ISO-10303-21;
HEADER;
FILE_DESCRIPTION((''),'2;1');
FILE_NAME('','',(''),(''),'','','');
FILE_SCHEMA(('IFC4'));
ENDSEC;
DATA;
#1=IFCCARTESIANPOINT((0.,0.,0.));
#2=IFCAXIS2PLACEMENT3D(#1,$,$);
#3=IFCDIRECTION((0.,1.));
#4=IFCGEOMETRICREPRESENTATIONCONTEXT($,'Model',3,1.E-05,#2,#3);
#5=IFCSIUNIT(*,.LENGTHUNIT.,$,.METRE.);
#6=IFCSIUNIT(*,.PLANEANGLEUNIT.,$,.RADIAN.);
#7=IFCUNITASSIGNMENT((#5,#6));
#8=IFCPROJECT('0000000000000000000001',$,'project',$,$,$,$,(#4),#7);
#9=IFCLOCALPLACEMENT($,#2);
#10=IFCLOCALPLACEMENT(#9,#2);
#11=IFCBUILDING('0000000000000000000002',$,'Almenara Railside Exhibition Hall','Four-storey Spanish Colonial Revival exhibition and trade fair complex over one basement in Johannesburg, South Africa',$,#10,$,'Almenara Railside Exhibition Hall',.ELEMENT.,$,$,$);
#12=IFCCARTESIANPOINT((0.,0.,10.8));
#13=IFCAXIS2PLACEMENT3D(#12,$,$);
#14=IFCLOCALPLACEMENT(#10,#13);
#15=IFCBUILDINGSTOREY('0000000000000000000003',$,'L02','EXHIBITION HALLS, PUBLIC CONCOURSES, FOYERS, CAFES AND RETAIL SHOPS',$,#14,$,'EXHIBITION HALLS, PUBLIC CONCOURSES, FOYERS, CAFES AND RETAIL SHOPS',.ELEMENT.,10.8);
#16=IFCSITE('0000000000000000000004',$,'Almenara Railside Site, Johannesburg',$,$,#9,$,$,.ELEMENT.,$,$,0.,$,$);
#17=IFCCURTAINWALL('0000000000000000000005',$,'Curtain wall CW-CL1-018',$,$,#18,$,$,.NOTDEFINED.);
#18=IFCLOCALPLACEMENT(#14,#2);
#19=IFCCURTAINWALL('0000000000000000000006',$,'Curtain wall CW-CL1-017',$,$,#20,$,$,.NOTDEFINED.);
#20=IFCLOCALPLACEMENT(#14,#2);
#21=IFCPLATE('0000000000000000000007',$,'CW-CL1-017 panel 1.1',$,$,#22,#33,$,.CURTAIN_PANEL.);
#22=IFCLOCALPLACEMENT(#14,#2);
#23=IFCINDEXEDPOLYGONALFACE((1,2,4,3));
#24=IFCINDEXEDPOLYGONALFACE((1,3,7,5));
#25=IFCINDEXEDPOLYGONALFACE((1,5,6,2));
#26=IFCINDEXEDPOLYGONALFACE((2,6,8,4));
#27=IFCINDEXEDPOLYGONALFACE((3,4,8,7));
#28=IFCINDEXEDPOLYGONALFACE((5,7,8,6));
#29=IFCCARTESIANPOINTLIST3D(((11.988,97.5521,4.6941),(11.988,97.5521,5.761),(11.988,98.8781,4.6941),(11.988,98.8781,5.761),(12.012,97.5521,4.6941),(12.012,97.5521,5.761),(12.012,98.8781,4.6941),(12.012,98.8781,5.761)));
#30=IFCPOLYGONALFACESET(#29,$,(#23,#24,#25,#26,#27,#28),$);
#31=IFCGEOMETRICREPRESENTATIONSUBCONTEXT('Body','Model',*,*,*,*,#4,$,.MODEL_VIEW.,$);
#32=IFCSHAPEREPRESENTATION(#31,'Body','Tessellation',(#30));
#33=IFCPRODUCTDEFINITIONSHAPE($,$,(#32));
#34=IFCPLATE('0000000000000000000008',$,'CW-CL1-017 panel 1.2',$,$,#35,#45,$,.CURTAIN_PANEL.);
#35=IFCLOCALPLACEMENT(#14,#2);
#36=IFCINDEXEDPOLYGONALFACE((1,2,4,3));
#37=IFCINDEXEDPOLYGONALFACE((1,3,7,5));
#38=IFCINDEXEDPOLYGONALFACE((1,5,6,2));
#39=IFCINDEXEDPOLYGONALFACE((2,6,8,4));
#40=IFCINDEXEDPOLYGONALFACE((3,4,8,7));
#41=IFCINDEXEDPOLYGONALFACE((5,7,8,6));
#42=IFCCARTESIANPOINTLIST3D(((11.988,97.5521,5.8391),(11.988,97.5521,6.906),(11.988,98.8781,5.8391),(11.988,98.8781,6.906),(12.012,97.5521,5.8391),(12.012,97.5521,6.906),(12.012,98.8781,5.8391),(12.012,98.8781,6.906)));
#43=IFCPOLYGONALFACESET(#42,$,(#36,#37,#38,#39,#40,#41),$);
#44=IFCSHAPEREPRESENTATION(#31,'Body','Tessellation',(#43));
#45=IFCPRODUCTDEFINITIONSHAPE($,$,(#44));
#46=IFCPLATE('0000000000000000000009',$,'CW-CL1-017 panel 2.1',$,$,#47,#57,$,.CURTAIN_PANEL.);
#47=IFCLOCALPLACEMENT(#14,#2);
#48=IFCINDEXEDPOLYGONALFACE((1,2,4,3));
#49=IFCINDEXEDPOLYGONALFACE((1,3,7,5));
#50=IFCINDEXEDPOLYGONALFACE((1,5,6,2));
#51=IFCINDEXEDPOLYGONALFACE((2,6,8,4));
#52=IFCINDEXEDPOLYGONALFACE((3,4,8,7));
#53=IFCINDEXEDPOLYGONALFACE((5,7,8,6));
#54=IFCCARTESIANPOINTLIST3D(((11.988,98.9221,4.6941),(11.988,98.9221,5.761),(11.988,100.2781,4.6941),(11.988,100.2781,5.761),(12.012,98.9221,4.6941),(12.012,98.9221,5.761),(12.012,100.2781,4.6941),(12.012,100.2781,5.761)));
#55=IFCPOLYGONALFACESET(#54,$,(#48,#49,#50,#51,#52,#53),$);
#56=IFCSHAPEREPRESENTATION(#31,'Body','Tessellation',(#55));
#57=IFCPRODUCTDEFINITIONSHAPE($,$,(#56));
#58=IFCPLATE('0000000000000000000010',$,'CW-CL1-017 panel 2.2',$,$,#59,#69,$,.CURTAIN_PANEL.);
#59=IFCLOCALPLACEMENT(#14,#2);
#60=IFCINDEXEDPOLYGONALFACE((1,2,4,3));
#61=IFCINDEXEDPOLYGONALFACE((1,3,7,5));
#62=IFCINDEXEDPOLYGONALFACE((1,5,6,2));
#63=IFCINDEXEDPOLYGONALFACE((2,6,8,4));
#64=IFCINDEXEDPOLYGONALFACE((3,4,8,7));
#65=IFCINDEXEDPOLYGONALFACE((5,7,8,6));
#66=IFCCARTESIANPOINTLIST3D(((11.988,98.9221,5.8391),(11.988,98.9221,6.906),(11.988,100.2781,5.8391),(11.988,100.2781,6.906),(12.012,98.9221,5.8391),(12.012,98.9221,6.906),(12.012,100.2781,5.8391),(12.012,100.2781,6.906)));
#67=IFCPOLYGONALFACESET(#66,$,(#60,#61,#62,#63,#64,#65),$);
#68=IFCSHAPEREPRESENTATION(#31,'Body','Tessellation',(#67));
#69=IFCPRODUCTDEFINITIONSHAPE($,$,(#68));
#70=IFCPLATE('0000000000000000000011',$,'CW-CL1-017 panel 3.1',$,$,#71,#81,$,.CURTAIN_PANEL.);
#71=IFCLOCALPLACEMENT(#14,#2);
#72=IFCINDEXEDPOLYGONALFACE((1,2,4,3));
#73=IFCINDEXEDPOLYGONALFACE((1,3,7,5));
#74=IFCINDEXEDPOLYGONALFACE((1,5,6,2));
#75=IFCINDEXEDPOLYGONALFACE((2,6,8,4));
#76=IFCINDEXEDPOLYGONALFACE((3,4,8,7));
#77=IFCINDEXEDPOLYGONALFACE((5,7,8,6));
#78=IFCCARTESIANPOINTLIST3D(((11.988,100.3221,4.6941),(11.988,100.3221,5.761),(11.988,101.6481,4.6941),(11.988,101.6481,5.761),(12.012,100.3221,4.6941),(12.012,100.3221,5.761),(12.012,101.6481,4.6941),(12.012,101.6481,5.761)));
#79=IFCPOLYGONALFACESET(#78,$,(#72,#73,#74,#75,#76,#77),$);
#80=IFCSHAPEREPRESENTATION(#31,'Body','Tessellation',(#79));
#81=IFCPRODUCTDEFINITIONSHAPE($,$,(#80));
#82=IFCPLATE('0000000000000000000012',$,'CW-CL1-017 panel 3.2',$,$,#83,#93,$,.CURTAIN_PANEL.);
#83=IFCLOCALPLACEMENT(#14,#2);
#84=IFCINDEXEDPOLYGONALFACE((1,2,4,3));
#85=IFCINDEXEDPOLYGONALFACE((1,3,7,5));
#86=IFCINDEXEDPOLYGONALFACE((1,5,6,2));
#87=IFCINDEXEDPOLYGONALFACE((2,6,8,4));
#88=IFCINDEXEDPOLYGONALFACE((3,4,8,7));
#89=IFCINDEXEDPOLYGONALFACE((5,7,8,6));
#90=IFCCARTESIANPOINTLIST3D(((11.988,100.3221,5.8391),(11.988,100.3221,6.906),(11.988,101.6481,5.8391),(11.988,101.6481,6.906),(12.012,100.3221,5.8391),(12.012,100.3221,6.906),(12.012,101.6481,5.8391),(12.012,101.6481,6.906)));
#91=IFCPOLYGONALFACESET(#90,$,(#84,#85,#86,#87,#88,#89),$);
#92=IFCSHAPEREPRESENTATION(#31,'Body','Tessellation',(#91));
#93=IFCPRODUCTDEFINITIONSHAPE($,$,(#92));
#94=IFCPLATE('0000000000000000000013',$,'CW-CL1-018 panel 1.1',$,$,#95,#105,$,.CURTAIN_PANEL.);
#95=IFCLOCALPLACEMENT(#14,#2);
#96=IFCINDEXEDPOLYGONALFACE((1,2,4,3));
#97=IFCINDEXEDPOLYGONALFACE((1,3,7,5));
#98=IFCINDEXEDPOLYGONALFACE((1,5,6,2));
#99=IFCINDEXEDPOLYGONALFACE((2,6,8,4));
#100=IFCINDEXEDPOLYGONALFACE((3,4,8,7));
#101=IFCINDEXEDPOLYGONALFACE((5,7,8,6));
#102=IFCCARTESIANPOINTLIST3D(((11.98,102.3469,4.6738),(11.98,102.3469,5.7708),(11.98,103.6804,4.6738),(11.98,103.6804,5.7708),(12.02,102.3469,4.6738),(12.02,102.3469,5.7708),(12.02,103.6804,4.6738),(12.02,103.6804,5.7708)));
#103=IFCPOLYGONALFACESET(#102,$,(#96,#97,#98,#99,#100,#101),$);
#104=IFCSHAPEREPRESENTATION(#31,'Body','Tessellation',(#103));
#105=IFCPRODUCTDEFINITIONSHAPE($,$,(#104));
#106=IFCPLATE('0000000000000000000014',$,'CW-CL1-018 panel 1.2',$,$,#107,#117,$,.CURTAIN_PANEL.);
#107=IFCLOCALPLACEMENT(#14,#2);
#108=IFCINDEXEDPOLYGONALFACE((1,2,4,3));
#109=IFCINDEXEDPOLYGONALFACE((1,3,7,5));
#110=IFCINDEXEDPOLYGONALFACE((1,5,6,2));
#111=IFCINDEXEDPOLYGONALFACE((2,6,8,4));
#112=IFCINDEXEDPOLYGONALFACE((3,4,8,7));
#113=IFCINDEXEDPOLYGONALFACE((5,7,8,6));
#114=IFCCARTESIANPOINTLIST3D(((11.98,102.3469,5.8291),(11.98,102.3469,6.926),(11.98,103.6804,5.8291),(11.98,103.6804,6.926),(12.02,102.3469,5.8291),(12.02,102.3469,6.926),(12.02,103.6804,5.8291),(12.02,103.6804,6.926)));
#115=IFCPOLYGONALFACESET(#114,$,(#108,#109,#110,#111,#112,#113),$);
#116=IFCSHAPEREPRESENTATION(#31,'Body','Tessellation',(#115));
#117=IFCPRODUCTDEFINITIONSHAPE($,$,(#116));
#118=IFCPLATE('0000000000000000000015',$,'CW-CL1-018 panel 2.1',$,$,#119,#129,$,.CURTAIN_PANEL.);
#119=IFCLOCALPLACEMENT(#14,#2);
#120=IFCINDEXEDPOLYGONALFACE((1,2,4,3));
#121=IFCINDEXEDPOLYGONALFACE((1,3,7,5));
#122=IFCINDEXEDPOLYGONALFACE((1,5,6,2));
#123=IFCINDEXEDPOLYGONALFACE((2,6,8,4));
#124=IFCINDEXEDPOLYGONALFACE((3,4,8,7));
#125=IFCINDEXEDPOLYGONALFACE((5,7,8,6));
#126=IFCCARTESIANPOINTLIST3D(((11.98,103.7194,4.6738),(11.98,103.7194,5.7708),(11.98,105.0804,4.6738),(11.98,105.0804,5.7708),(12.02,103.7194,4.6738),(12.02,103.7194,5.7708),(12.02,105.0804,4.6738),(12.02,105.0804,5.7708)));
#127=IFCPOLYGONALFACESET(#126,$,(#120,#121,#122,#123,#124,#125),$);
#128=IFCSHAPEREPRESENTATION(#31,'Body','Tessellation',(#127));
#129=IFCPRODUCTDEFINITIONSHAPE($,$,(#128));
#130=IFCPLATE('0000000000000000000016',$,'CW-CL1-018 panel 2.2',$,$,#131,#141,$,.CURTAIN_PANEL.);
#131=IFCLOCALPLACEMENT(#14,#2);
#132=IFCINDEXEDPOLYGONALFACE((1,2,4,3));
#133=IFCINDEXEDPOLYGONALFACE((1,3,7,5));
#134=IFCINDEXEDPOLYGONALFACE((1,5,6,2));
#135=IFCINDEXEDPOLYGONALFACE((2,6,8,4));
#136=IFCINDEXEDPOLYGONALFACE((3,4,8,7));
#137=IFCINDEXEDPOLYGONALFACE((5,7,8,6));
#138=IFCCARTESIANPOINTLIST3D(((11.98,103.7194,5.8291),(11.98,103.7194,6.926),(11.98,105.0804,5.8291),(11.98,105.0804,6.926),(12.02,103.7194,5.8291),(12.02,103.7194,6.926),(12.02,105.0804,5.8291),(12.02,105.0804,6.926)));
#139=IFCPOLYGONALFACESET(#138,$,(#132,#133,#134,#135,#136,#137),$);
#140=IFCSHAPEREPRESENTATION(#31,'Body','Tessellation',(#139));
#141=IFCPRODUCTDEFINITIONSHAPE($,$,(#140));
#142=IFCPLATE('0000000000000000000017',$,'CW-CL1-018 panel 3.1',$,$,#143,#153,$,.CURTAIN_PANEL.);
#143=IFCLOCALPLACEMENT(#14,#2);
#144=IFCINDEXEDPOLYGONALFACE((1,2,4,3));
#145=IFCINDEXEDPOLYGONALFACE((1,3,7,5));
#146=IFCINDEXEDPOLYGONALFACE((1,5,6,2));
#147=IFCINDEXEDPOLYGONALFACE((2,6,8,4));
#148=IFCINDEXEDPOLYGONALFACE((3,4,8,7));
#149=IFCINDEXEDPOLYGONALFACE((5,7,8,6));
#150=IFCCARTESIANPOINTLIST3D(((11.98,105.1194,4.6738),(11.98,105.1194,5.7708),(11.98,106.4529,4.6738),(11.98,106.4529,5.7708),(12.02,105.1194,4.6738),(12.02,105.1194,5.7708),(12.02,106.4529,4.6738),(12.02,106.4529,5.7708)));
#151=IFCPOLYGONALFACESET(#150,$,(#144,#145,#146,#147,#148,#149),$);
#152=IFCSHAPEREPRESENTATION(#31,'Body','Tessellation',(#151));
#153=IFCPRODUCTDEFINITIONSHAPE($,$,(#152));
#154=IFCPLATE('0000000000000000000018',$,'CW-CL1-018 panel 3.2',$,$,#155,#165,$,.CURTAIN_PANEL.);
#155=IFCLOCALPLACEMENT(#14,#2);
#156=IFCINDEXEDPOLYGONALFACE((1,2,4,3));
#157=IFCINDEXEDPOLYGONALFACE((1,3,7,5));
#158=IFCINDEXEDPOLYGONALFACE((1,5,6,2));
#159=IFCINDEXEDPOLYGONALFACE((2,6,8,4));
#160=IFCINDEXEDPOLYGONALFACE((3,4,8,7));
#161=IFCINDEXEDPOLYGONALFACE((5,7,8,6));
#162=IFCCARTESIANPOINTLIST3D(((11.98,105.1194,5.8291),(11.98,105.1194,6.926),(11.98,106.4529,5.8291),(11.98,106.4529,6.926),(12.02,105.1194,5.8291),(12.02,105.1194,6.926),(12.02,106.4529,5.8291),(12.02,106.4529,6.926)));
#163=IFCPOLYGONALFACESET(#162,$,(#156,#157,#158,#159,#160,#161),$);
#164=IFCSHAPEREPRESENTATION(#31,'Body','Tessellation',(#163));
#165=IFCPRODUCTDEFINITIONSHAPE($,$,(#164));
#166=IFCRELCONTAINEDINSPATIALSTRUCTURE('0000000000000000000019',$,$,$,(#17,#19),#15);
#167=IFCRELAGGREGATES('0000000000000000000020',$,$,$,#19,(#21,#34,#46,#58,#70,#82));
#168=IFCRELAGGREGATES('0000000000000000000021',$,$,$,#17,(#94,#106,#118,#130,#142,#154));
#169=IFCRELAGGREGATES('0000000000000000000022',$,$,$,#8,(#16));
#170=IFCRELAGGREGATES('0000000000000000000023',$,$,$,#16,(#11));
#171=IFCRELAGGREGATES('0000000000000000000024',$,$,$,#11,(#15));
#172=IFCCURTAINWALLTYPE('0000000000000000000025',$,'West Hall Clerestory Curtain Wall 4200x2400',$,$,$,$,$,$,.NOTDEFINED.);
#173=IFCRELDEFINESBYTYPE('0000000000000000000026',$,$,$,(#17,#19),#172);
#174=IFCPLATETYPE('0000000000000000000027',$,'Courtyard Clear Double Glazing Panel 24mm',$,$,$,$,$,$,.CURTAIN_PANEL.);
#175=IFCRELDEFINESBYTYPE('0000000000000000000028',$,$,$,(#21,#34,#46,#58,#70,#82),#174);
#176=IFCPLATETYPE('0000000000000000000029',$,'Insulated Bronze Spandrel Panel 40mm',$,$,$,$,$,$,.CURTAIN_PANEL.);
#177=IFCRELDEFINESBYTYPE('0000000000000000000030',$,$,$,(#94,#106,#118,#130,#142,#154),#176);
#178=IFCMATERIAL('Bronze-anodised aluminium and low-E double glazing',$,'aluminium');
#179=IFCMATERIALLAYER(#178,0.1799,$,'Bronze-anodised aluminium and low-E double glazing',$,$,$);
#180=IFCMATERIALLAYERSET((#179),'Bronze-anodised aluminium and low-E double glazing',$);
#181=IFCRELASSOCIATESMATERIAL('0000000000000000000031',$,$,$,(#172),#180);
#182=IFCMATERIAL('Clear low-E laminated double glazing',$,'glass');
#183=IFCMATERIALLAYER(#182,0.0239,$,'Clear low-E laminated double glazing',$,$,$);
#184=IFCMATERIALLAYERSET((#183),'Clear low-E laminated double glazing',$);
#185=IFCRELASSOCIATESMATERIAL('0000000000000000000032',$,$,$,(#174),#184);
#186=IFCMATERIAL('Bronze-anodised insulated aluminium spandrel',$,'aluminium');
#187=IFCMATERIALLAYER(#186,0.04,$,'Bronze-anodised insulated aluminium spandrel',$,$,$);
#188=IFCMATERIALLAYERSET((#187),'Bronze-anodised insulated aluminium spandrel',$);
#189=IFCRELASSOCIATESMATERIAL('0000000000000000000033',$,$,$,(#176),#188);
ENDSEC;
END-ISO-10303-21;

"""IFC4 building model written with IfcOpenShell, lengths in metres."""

from ifc_helpers import new_model, si_unit, direction, frame, origin, origin_2d, place, context, subcontext, project, spatial, rectangle, extrude, material, layer, layer_set, type_object, element, aggregate, save


model = new_model("IFC4")

# Units and contexts
model_context = context("Model", 3, precision=1e-05, world=origin(), true_north=direction((0.0, 1.0)))
body_context = subcontext(model_context, "Body", "Model", "MODEL_VIEW")
ifc_project = project(units=[si_unit("LENGTHUNIT", "METRE"), si_unit("PLANEANGLEUNIT", "RADIAN")], contexts=[model_context])

# Site, building, storey
site_placement = place(None, origin())
site = spatial("IfcSite", under=ifc_project, at=site_placement, Name="Almenara Railside Site, Johannesburg", CompositionType="ELEMENT", RefElevation=0.0)
building_placement = place(site_placement, origin())
building = spatial("IfcBuilding", under=site, at=building_placement, Name="Almenara Railside Exhibition Hall", Description="Four-storey Spanish Colonial Revival exhibition and trade fair complex over one basement in Johannesburg, South Africa", LongName="Almenara Railside Exhibition Hall", CompositionType="ELEMENT")
storey_placement = place(building_placement, frame((0.0, 0.0, 10.8)))
storey = spatial("IfcBuildingStorey", under=building, at=storey_placement, Name="L02", Description="EXHIBITION HALLS, PUBLIC CONCOURSES, FOYERS, CAFES AND RETAIL SHOPS", LongName="EXHIBITION HALLS, PUBLIC CONCOURSES, FOYERS, CAFES AND RETAIL SHOPS", CompositionType="ELEMENT", Elevation=10.8)

# Curtain walls
ifc_material_1 = material(Name="Bronze-anodised aluminium and low-E double glazing", Category="aluminium")
ifc_layer_1 = layer(ifc_material_1, 0.1799, Name="Bronze-anodised aluminium and low-E double glazing")
ifc_layer_set_1 = layer_set([ifc_layer_1], Name="Bronze-anodised aluminium and low-E double glazing")
curtain_wall_type = type_object("IfcCurtainWallType", Name="West Hall Clerestory Curtain Wall 4200x2400", PredefinedType="NOTDEFINED", material=ifc_layer_set_1)
curtain_wall_1_placement = place(storey_placement, origin())
curtain_wall_1 = element("IfcCurtainWall", 1, at=curtain_wall_1_placement, inside=storey, type_object=curtain_wall_type, Name="Curtain wall CW-CL1-018", PredefinedType="NOTDEFINED")
curtain_wall_2_placement = place(storey_placement, origin())
curtain_wall_2 = element("IfcCurtainWall", 2, at=curtain_wall_2_placement, inside=storey, type_object=curtain_wall_type, Name="Curtain wall CW-CL1-017", PredefinedType="NOTDEFINED")

# Plates
ifc_material_2 = material(Name="Clear low-E laminated double glazing", Category="glass")
ifc_layer_2 = layer(ifc_material_2, 0.0239, Name="Clear low-E laminated double glazing")
ifc_layer_set_2 = layer_set([ifc_layer_2], Name="Clear low-E laminated double glazing")
plate_type_1 = type_object("IfcPlateType", Name="Courtyard Clear Double Glazing Panel 24mm", PredefinedType="CURTAIN_PANEL", material=ifc_layer_set_2)
plate_1_placement = place(storey_placement, frame((12.0, 98.2151, 4.6941), z_axis=(0.0, 0.0, 1.0), x_axis=(0.0, 1.0, 0.0)))
plate_1 = element("IfcPlate", 3, at=plate_1_placement, type_object=plate_type_1, Name="CW-CL1-017 panel 1.1", PredefinedType="CURTAIN_PANEL", context=body_context, shape_type="SweptSolid", body=[
    extrude(rectangle(XDim=1.3259, YDim=0.0239, at=origin_2d()), origin(), (0.0, 0.0, 1.0), 1.0669),
])
plate_2_placement = place(storey_placement, frame((12.0, 98.2151, 5.8391), z_axis=(0.0, 0.0, 1.0), x_axis=(0.0, 1.0, 0.0)))
plate_2 = element("IfcPlate", 4, at=plate_2_placement, type_object=plate_type_1, Name="CW-CL1-017 panel 1.2", PredefinedType="CURTAIN_PANEL", context=body_context, shape_type="SweptSolid", body=[
    extrude(rectangle(XDim=1.3259, YDim=0.0239, at=origin_2d()), origin(), (0.0, 0.0, 1.0), 1.0669),
])
plate_3_placement = place(storey_placement, frame((12.0, 99.6001, 4.6941), z_axis=(0.0, 0.0, 1.0), x_axis=(0.0, 1.0, 0.0)))
plate_3 = element("IfcPlate", 5, at=plate_3_placement, type_object=plate_type_1, Name="CW-CL1-017 panel 2.1", PredefinedType="CURTAIN_PANEL", context=body_context, shape_type="SweptSolid", body=[
    extrude(rectangle(XDim=1.356, YDim=0.0239, at=origin_2d()), origin(), (0.0, 0.0, 1.0), 1.0669),
])
plate_4_placement = place(storey_placement, frame((12.0, 99.6001, 5.8391), z_axis=(0.0, 0.0, 1.0), x_axis=(0.0, 1.0, 0.0)))
plate_4 = element("IfcPlate", 6, at=plate_4_placement, type_object=plate_type_1, Name="CW-CL1-017 panel 2.2", PredefinedType="CURTAIN_PANEL", context=body_context, shape_type="SweptSolid", body=[
    extrude(rectangle(XDim=1.356, YDim=0.0239, at=origin_2d()), origin(), (0.0, 0.0, 1.0), 1.0669),
])
plate_5_placement = place(storey_placement, frame((12.0, 100.9851, 4.6941), z_axis=(0.0, 0.0, 1.0), x_axis=(0.0, 1.0, 0.0)))
plate_5 = element("IfcPlate", 7, at=plate_5_placement, type_object=plate_type_1, Name="CW-CL1-017 panel 3.1", PredefinedType="CURTAIN_PANEL", context=body_context, shape_type="SweptSolid", body=[
    extrude(rectangle(XDim=1.3259, YDim=0.0239, at=origin_2d()), origin(), (0.0, 0.0, 1.0), 1.0669),
])
plate_6_placement = place(storey_placement, frame((12.0, 100.9851, 5.8391), z_axis=(0.0, 0.0, 1.0), x_axis=(0.0, 1.0, 0.0)))
plate_6 = element("IfcPlate", 8, at=plate_6_placement, type_object=plate_type_1, Name="CW-CL1-017 panel 3.2", PredefinedType="CURTAIN_PANEL", context=body_context, shape_type="SweptSolid", body=[
    extrude(rectangle(XDim=1.3259, YDim=0.0239, at=origin_2d()), origin(), (0.0, 0.0, 1.0), 1.0669),
])
aggregate(curtain_wall_2, [plate_1, plate_2, plate_3, plate_4, plate_5, plate_6])
ifc_material_3 = material(Name="Bronze-anodised insulated aluminium spandrel", Category="aluminium")
ifc_layer_3 = layer(ifc_material_3, 0.04, Name="Bronze-anodised insulated aluminium spandrel")
ifc_layer_set_3 = layer_set([ifc_layer_3], Name="Bronze-anodised insulated aluminium spandrel")
plate_type_2 = type_object("IfcPlateType", Name="Insulated Bronze Spandrel Panel 40mm", PredefinedType="CURTAIN_PANEL", material=ifc_layer_set_3)
plate_7_placement = place(storey_placement, frame((12.0, 103.0137, 4.6738), z_axis=(0.0, 0.0, 1.0), x_axis=(0.0, 1.0, 0.0)))
plate_7 = element("IfcPlate", 9, at=plate_7_placement, type_object=plate_type_2, Name="CW-CL1-018 panel 1.1", PredefinedType="CURTAIN_PANEL", context=body_context, shape_type="SweptSolid", body=[
    extrude(rectangle(XDim=1.3335, YDim=0.04, at=origin_2d()), origin(), (0.0, 0.0, 1.0), 1.0969),
])
plate_8_placement = place(storey_placement, frame((12.0, 103.0137, 5.8291), z_axis=(0.0, 0.0, 1.0), x_axis=(0.0, 1.0, 0.0)))
plate_8 = element("IfcPlate", 10, at=plate_8_placement, type_object=plate_type_2, Name="CW-CL1-018 panel 1.2", PredefinedType="CURTAIN_PANEL", context=body_context, shape_type="SweptSolid", body=[
    extrude(rectangle(XDim=1.3335, YDim=0.04, at=origin_2d()), origin(), (0.0, 0.0, 1.0), 1.0969),
])
plate_9_placement = place(storey_placement, frame((12.0, 104.3999, 4.6738), z_axis=(0.0, 0.0, 1.0), x_axis=(0.0, 1.0, 0.0)))
plate_9 = element("IfcPlate", 11, at=plate_9_placement, type_object=plate_type_2, Name="CW-CL1-018 panel 2.1", PredefinedType="CURTAIN_PANEL", context=body_context, shape_type="SweptSolid", body=[
    extrude(rectangle(XDim=1.3611, YDim=0.04, at=origin_2d()), origin(), (0.0, 0.0, 1.0), 1.0969),
])
plate_10_placement = place(storey_placement, frame((12.0, 104.3999, 5.8291), z_axis=(0.0, 0.0, 1.0), x_axis=(0.0, 1.0, 0.0)))
plate_10 = element("IfcPlate", 12, at=plate_10_placement, type_object=plate_type_2, Name="CW-CL1-018 panel 2.2", PredefinedType="CURTAIN_PANEL", context=body_context, shape_type="SweptSolid", body=[
    extrude(rectangle(XDim=1.3611, YDim=0.04, at=origin_2d()), origin(), (0.0, 0.0, 1.0), 1.0969),
])
plate_11_placement = place(storey_placement, frame((12.0, 105.7861, 4.6738), z_axis=(0.0, 0.0, 1.0), x_axis=(0.0, 1.0, 0.0)))
plate_11 = element("IfcPlate", 13, at=plate_11_placement, type_object=plate_type_2, Name="CW-CL1-018 panel 3.1", PredefinedType="CURTAIN_PANEL", context=body_context, shape_type="SweptSolid", body=[
    extrude(rectangle(XDim=1.3335, YDim=0.04, at=origin_2d()), origin(), (0.0, 0.0, 1.0), 1.0969),
])
plate_12_placement = place(storey_placement, frame((12.0, 105.7861, 5.8291), z_axis=(0.0, 0.0, 1.0), x_axis=(0.0, 1.0, 0.0)))
plate_12 = element("IfcPlate", 14, at=plate_12_placement, type_object=plate_type_2, Name="CW-CL1-018 panel 3.2", PredefinedType="CURTAIN_PANEL", context=body_context, shape_type="SweptSolid", body=[
    extrude(rectangle(XDim=1.3335, YDim=0.04, at=origin_2d()), origin(), (0.0, 0.0, 1.0), 1.0969),
])
aggregate(curtain_wall_1, [plate_7, plate_8, plate_9, plate_10, plate_11, plate_12])

save(model, "model.ifc")
